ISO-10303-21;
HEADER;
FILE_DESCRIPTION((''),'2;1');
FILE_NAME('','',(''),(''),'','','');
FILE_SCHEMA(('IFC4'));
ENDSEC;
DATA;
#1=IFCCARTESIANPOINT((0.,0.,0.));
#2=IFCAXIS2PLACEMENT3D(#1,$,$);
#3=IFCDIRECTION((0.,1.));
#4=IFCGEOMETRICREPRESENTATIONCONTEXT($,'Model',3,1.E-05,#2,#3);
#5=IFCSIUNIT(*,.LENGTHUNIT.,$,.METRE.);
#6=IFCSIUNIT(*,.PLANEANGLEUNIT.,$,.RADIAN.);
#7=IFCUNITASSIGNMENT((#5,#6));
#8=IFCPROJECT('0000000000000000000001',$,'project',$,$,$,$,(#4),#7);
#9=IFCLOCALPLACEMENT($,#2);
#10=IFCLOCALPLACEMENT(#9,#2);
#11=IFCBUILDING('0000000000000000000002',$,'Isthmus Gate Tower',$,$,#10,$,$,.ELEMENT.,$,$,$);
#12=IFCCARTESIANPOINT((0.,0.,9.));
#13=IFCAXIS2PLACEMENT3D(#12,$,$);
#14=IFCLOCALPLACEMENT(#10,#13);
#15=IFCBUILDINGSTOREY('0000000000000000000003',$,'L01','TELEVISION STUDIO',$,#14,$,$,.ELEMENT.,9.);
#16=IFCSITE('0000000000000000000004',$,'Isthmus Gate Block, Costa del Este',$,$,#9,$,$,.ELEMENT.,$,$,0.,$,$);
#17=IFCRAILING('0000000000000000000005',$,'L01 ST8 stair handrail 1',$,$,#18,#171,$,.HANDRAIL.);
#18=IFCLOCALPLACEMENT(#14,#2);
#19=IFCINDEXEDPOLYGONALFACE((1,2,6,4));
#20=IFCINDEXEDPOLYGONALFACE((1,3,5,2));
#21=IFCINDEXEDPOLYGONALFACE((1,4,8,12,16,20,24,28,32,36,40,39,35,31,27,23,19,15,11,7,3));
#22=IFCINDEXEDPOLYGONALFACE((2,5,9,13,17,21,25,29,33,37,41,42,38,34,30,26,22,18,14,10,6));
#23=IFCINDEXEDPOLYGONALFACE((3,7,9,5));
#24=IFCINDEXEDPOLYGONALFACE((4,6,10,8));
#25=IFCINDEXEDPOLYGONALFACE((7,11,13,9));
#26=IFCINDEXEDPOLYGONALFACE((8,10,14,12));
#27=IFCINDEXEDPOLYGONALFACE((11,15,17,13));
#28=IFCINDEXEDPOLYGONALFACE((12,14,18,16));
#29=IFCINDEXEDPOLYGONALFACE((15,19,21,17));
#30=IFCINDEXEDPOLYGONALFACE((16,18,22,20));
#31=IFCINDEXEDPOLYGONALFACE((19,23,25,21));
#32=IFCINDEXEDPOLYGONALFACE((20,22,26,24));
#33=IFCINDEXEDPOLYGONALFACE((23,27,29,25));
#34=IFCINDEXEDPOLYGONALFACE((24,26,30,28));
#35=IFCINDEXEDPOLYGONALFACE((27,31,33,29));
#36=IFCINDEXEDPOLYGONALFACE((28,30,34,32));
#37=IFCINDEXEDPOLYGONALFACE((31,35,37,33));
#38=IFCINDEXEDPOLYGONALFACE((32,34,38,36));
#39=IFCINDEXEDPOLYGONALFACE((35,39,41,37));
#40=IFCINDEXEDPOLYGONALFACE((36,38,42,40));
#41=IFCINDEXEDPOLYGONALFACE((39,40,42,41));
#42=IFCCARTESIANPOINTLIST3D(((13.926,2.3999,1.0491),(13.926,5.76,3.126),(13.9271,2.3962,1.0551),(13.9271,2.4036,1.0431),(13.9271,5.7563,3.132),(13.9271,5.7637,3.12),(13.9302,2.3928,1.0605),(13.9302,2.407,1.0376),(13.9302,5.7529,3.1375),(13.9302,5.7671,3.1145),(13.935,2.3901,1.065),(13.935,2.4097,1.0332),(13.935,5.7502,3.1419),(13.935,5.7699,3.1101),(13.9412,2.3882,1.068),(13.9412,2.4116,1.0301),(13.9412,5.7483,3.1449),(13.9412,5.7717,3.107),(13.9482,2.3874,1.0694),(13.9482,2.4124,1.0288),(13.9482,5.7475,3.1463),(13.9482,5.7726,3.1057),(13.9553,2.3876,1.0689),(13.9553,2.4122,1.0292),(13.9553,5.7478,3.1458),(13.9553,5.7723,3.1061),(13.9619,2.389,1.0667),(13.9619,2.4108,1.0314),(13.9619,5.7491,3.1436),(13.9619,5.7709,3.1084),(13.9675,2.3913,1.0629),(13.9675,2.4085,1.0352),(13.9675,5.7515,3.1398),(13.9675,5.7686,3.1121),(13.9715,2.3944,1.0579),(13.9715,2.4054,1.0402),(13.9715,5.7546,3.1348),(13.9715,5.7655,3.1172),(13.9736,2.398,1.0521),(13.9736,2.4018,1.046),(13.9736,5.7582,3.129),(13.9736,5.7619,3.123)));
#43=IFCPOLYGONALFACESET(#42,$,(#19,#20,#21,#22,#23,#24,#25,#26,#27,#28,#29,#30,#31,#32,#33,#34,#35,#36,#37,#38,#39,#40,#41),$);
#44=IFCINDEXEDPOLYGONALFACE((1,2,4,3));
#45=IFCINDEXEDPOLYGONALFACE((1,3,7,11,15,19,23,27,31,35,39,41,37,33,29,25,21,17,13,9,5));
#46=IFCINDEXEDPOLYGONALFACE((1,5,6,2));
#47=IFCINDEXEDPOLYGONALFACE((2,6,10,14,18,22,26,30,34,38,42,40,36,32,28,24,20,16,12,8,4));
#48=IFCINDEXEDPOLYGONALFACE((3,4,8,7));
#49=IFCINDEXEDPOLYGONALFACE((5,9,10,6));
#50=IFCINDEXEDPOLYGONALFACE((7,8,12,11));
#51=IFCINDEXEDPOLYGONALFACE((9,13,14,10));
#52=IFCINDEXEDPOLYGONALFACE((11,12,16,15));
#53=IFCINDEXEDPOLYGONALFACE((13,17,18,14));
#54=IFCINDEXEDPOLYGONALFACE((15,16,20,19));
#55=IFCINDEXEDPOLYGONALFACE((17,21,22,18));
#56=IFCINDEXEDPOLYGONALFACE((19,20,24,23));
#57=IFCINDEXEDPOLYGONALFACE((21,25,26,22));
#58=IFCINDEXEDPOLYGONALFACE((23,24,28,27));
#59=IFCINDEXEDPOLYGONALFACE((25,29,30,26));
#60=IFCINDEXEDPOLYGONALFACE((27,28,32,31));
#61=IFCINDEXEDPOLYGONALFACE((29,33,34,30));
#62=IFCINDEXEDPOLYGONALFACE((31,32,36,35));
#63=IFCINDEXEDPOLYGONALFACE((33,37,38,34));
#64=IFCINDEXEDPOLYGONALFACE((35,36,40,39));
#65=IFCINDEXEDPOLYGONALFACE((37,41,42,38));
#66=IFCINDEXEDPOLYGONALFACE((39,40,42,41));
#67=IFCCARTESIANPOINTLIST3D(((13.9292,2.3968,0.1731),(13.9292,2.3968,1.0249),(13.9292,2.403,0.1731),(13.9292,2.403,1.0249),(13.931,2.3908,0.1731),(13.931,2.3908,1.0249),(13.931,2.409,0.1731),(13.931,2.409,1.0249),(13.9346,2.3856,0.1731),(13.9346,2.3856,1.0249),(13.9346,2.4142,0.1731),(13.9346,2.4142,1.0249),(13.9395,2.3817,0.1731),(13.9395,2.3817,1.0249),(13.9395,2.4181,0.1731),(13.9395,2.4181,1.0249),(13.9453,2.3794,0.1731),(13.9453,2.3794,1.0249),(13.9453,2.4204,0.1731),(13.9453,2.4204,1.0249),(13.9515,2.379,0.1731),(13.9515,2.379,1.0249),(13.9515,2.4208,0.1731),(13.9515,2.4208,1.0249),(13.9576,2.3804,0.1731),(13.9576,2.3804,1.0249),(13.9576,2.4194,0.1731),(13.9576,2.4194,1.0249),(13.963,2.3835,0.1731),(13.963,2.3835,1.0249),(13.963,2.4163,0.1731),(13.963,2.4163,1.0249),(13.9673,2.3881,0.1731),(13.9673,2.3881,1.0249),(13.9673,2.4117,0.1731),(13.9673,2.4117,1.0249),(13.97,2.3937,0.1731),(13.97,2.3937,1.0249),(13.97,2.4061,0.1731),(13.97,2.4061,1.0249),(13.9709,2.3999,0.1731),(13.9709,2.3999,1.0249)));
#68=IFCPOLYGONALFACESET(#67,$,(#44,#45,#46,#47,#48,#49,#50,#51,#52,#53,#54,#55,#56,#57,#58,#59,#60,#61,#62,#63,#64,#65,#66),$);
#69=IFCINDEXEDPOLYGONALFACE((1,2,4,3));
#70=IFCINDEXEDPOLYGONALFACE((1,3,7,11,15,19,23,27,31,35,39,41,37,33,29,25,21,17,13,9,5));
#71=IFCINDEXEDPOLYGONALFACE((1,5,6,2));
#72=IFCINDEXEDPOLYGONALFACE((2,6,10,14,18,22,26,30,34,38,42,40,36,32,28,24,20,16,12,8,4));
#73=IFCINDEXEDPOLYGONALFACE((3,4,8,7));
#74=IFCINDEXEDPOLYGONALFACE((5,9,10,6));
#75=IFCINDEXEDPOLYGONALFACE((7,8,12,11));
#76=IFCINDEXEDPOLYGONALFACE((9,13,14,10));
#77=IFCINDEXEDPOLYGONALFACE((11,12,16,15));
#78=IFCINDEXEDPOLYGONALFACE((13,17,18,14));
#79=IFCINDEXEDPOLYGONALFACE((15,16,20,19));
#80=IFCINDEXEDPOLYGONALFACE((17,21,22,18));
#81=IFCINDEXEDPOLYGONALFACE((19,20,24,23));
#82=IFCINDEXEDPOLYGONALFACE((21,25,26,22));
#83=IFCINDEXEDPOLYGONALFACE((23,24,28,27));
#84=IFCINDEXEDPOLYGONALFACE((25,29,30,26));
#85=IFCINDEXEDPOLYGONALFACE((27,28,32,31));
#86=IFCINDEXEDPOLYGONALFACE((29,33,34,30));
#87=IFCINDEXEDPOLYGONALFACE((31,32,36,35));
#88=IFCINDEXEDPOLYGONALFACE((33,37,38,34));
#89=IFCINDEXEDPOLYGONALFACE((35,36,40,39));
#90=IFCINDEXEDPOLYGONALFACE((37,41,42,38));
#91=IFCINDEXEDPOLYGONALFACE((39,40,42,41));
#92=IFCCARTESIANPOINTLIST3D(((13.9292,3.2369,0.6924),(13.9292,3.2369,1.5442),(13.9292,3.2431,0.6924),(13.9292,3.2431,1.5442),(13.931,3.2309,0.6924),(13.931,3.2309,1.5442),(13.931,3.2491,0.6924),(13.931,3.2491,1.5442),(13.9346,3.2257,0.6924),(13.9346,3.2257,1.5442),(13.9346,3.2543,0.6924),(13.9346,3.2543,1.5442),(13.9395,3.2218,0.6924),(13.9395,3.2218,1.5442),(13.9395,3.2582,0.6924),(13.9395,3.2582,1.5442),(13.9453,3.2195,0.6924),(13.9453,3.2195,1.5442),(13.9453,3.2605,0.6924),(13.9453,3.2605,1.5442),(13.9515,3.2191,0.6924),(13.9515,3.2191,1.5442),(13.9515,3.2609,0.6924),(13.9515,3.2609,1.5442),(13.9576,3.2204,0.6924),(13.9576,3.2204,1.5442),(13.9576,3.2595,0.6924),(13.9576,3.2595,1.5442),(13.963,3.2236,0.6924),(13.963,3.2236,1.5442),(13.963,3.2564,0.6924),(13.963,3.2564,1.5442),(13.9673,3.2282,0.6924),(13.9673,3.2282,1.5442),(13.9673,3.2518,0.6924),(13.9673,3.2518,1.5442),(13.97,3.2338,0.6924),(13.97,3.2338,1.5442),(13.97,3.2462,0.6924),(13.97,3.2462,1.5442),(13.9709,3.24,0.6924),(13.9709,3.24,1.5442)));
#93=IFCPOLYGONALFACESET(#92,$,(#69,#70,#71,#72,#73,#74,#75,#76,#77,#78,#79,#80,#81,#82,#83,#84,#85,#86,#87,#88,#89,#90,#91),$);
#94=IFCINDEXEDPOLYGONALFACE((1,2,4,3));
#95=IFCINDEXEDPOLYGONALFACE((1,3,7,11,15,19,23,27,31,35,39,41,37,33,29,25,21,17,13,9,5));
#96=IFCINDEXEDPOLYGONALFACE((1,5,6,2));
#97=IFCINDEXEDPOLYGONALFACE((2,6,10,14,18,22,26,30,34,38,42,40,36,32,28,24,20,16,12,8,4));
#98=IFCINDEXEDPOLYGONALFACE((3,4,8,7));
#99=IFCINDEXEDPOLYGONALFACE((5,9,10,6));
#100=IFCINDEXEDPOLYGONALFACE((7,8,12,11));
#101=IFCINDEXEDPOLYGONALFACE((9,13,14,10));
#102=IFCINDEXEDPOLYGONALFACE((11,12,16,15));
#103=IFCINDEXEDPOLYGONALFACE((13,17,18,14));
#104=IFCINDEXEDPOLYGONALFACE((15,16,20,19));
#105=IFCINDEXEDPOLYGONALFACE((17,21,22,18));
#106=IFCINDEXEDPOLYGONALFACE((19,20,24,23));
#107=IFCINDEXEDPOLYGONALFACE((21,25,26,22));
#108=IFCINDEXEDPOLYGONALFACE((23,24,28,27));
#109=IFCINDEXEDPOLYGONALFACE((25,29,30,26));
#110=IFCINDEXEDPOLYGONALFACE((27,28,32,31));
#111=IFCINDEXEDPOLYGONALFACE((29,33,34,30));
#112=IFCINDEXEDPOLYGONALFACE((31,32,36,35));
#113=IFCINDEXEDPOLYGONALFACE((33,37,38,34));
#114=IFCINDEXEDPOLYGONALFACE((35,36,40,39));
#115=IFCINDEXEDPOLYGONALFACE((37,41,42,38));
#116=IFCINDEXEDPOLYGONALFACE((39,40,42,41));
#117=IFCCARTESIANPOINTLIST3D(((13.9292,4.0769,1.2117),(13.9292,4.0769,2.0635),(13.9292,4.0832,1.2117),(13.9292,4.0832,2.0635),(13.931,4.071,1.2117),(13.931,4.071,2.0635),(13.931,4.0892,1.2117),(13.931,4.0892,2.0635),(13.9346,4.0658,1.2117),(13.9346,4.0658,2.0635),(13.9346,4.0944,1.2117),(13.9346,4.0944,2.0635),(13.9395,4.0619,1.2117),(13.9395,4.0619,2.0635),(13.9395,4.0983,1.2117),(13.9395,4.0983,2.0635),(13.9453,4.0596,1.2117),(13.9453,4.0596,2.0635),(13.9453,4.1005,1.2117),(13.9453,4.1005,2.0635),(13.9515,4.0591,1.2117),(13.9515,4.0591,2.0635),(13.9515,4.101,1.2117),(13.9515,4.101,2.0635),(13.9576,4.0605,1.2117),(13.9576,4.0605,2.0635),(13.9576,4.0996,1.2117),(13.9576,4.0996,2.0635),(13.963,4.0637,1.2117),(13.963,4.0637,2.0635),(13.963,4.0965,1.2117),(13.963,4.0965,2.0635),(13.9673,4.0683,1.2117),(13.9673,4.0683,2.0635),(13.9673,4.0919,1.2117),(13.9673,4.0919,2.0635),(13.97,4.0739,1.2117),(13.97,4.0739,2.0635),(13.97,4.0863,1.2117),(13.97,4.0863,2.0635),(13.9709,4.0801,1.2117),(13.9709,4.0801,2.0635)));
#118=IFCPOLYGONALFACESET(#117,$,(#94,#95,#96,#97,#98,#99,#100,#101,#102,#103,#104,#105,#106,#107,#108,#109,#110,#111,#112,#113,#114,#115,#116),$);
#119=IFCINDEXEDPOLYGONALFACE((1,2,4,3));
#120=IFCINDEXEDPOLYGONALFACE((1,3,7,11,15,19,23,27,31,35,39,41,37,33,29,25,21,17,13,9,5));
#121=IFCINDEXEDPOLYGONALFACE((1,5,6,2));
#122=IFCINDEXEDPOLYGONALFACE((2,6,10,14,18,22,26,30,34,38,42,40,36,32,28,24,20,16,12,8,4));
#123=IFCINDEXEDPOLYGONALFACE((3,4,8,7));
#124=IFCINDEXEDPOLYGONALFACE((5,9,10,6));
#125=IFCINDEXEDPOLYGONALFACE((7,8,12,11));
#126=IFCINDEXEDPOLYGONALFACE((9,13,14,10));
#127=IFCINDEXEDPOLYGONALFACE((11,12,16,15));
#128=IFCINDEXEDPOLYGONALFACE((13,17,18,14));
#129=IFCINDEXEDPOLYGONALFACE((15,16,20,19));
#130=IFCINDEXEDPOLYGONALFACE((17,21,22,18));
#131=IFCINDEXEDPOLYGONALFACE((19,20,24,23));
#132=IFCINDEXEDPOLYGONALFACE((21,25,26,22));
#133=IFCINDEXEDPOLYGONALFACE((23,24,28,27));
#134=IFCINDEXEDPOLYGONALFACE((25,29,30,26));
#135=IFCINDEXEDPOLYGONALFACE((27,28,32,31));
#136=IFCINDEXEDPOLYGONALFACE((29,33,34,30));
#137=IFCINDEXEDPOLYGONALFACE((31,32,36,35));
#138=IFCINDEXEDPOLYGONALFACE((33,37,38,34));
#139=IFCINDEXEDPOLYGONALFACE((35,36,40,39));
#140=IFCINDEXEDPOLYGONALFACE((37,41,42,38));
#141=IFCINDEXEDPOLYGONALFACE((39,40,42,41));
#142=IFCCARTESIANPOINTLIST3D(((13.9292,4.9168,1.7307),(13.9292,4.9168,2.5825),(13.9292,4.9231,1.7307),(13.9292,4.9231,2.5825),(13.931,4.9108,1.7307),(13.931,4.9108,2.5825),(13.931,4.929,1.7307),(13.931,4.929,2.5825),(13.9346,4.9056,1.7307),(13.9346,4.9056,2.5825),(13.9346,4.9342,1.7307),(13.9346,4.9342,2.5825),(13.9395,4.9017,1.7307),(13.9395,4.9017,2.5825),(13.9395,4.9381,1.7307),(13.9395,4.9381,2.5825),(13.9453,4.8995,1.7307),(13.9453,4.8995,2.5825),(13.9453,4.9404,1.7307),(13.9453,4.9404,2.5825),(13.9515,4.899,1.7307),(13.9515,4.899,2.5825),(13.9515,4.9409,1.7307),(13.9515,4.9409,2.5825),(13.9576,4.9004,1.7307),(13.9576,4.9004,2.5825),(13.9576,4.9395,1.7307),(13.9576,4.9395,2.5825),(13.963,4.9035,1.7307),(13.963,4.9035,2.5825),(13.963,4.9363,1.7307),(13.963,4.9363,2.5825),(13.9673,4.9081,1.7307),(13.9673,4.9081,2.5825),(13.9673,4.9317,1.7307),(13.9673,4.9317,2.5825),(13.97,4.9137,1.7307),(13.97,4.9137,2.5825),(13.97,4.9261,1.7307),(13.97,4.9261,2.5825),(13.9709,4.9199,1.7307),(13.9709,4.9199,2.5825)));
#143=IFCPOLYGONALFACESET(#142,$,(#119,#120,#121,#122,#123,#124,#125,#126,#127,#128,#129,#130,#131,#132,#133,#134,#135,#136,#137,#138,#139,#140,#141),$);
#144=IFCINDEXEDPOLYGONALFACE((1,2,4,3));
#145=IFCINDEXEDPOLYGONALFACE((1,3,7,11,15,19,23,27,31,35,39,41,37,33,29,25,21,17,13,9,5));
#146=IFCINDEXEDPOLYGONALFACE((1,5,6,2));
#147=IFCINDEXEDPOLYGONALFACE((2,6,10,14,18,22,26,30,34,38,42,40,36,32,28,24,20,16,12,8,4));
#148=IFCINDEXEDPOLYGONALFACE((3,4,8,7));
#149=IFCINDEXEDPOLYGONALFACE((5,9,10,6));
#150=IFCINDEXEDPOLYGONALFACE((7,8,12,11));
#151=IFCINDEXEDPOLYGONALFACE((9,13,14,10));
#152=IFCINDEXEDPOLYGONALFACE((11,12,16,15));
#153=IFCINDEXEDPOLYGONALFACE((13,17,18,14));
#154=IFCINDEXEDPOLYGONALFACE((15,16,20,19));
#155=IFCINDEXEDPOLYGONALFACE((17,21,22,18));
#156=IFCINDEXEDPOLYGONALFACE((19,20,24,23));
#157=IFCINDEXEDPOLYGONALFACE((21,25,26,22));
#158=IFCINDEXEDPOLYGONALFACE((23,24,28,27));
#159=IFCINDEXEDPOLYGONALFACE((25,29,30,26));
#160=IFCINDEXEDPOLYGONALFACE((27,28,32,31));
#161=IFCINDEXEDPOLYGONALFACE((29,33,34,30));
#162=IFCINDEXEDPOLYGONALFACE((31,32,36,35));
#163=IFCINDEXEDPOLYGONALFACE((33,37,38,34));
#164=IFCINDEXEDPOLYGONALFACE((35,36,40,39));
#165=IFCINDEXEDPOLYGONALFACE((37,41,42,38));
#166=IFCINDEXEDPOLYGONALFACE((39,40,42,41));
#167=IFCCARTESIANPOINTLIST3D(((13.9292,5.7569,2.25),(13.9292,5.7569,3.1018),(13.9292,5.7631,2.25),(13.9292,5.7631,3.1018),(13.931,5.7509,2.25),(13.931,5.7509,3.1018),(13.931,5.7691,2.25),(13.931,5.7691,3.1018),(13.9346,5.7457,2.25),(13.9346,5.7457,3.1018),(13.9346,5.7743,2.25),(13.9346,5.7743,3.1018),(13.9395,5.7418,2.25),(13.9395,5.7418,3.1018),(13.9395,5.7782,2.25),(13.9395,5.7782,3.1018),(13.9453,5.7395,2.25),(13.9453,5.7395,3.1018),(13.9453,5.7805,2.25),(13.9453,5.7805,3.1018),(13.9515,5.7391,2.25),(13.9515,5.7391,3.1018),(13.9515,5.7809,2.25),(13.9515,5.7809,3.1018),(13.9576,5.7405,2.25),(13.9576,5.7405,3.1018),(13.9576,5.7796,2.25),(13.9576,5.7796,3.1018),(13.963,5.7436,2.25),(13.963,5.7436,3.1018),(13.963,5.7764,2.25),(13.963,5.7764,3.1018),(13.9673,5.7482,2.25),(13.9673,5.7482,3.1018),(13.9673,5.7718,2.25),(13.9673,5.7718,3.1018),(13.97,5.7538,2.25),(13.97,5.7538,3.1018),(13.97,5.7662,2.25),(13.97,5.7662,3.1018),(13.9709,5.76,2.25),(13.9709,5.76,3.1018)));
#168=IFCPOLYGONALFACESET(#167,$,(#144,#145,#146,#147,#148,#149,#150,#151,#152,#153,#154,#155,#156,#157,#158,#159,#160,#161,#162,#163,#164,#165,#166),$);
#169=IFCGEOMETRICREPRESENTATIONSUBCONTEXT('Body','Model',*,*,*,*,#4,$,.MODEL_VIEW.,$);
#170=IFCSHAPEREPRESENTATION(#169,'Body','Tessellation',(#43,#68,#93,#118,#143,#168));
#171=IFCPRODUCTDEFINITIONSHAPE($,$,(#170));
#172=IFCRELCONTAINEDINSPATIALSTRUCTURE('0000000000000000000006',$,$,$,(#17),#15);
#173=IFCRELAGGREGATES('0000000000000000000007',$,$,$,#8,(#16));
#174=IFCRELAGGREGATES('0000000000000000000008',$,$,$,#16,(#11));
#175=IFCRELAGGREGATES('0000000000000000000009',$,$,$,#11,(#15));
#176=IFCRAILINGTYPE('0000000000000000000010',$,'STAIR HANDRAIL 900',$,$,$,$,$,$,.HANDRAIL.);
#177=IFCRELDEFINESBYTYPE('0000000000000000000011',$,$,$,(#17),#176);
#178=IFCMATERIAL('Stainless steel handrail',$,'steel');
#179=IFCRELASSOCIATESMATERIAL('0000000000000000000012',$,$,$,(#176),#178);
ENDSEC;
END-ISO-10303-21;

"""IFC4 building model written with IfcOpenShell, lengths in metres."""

from ifc_helpers import new_model, si_unit, direction, frame, origin, origin_2d, place, context, subcontext, project, spatial, circle, extrude, material, type_object, element, save


model = new_model("IFC4")

# Units and contexts
model_context = context("Model", 3, precision=1e-05, world=origin(), true_north=direction((0.0, 1.0)))
body_context = subcontext(model_context, "Body", "Model", "MODEL_VIEW")
ifc_project = project(units=[si_unit("LENGTHUNIT", "METRE"), si_unit("PLANEANGLEUNIT", "RADIAN")], contexts=[model_context])

# Site, building, storey
site_placement = place(None, origin())
site = spatial("IfcSite", under=ifc_project, at=site_placement, Name="Isthmus Gate Block, Costa del Este", CompositionType="ELEMENT", RefElevation=0.0)
building_placement = place(site_placement, origin())
building = spatial("IfcBuilding", under=site, at=building_placement, Name="Isthmus Gate Tower", CompositionType="ELEMENT")
storey_placement = place(building_placement, frame((0.0, 0.0, 9.0)))
storey = spatial("IfcBuildingStorey", under=building, at=storey_placement, Name="L01", Description="TELEVISION STUDIO", CompositionType="ELEMENT", Elevation=9.0)

# Railing
ifc_material_1 = material(Name="Stainless steel handrail", Category="steel")
railing_type_1 = type_object("IfcRailingType", Name="STAIR HANDRAIL 900", PredefinedType="HANDRAIL", material=ifc_material_1)
railing_1_placement = place(storey_placement, frame((13.95, 2.3999, 0.1731)))
element("IfcRailing", 1, at=railing_1_placement, inside=storey, type_object=railing_type_1, Name="L01 ST8 stair handrail 1", PredefinedType="HANDRAIL", context=body_context, shape_type="SweptSolid", body=[
    extrude(circle(Radius=0.0239, at=origin_2d()), frame((0.0, 0.0, 0.876), z_axis=(0.0, 0.850623, 0.525776), x_axis=(-1.0, 0.0, 0.0)), (0.0, 0.0, 1.0), 3.9502),
    extrude(circle(Radius=0.021, at=origin_2d()), origin(), (0.0, 0.0, 1.0), 0.8518),
    extrude(circle(Radius=0.021, at=origin_2d()), frame((0.0, 0.8401, 0.5193)), (0.0, 0.0, 1.0), 0.8518),
    extrude(circle(Radius=0.021, at=origin_2d()), frame((0.0, 1.6802, 1.0386)), (0.0, 0.0, 1.0), 0.8518),
    extrude(circle(Radius=0.021, at=origin_2d()), frame((0.0, 2.52, 1.5576)), (0.0, 0.0, 1.0), 0.8518),
    extrude(circle(Radius=0.021, at=origin_2d()), frame((0.0, 3.3601, 2.0769)), (0.0, 0.0, 1.0), 0.8518),
])

save(model, "model.ifc")
